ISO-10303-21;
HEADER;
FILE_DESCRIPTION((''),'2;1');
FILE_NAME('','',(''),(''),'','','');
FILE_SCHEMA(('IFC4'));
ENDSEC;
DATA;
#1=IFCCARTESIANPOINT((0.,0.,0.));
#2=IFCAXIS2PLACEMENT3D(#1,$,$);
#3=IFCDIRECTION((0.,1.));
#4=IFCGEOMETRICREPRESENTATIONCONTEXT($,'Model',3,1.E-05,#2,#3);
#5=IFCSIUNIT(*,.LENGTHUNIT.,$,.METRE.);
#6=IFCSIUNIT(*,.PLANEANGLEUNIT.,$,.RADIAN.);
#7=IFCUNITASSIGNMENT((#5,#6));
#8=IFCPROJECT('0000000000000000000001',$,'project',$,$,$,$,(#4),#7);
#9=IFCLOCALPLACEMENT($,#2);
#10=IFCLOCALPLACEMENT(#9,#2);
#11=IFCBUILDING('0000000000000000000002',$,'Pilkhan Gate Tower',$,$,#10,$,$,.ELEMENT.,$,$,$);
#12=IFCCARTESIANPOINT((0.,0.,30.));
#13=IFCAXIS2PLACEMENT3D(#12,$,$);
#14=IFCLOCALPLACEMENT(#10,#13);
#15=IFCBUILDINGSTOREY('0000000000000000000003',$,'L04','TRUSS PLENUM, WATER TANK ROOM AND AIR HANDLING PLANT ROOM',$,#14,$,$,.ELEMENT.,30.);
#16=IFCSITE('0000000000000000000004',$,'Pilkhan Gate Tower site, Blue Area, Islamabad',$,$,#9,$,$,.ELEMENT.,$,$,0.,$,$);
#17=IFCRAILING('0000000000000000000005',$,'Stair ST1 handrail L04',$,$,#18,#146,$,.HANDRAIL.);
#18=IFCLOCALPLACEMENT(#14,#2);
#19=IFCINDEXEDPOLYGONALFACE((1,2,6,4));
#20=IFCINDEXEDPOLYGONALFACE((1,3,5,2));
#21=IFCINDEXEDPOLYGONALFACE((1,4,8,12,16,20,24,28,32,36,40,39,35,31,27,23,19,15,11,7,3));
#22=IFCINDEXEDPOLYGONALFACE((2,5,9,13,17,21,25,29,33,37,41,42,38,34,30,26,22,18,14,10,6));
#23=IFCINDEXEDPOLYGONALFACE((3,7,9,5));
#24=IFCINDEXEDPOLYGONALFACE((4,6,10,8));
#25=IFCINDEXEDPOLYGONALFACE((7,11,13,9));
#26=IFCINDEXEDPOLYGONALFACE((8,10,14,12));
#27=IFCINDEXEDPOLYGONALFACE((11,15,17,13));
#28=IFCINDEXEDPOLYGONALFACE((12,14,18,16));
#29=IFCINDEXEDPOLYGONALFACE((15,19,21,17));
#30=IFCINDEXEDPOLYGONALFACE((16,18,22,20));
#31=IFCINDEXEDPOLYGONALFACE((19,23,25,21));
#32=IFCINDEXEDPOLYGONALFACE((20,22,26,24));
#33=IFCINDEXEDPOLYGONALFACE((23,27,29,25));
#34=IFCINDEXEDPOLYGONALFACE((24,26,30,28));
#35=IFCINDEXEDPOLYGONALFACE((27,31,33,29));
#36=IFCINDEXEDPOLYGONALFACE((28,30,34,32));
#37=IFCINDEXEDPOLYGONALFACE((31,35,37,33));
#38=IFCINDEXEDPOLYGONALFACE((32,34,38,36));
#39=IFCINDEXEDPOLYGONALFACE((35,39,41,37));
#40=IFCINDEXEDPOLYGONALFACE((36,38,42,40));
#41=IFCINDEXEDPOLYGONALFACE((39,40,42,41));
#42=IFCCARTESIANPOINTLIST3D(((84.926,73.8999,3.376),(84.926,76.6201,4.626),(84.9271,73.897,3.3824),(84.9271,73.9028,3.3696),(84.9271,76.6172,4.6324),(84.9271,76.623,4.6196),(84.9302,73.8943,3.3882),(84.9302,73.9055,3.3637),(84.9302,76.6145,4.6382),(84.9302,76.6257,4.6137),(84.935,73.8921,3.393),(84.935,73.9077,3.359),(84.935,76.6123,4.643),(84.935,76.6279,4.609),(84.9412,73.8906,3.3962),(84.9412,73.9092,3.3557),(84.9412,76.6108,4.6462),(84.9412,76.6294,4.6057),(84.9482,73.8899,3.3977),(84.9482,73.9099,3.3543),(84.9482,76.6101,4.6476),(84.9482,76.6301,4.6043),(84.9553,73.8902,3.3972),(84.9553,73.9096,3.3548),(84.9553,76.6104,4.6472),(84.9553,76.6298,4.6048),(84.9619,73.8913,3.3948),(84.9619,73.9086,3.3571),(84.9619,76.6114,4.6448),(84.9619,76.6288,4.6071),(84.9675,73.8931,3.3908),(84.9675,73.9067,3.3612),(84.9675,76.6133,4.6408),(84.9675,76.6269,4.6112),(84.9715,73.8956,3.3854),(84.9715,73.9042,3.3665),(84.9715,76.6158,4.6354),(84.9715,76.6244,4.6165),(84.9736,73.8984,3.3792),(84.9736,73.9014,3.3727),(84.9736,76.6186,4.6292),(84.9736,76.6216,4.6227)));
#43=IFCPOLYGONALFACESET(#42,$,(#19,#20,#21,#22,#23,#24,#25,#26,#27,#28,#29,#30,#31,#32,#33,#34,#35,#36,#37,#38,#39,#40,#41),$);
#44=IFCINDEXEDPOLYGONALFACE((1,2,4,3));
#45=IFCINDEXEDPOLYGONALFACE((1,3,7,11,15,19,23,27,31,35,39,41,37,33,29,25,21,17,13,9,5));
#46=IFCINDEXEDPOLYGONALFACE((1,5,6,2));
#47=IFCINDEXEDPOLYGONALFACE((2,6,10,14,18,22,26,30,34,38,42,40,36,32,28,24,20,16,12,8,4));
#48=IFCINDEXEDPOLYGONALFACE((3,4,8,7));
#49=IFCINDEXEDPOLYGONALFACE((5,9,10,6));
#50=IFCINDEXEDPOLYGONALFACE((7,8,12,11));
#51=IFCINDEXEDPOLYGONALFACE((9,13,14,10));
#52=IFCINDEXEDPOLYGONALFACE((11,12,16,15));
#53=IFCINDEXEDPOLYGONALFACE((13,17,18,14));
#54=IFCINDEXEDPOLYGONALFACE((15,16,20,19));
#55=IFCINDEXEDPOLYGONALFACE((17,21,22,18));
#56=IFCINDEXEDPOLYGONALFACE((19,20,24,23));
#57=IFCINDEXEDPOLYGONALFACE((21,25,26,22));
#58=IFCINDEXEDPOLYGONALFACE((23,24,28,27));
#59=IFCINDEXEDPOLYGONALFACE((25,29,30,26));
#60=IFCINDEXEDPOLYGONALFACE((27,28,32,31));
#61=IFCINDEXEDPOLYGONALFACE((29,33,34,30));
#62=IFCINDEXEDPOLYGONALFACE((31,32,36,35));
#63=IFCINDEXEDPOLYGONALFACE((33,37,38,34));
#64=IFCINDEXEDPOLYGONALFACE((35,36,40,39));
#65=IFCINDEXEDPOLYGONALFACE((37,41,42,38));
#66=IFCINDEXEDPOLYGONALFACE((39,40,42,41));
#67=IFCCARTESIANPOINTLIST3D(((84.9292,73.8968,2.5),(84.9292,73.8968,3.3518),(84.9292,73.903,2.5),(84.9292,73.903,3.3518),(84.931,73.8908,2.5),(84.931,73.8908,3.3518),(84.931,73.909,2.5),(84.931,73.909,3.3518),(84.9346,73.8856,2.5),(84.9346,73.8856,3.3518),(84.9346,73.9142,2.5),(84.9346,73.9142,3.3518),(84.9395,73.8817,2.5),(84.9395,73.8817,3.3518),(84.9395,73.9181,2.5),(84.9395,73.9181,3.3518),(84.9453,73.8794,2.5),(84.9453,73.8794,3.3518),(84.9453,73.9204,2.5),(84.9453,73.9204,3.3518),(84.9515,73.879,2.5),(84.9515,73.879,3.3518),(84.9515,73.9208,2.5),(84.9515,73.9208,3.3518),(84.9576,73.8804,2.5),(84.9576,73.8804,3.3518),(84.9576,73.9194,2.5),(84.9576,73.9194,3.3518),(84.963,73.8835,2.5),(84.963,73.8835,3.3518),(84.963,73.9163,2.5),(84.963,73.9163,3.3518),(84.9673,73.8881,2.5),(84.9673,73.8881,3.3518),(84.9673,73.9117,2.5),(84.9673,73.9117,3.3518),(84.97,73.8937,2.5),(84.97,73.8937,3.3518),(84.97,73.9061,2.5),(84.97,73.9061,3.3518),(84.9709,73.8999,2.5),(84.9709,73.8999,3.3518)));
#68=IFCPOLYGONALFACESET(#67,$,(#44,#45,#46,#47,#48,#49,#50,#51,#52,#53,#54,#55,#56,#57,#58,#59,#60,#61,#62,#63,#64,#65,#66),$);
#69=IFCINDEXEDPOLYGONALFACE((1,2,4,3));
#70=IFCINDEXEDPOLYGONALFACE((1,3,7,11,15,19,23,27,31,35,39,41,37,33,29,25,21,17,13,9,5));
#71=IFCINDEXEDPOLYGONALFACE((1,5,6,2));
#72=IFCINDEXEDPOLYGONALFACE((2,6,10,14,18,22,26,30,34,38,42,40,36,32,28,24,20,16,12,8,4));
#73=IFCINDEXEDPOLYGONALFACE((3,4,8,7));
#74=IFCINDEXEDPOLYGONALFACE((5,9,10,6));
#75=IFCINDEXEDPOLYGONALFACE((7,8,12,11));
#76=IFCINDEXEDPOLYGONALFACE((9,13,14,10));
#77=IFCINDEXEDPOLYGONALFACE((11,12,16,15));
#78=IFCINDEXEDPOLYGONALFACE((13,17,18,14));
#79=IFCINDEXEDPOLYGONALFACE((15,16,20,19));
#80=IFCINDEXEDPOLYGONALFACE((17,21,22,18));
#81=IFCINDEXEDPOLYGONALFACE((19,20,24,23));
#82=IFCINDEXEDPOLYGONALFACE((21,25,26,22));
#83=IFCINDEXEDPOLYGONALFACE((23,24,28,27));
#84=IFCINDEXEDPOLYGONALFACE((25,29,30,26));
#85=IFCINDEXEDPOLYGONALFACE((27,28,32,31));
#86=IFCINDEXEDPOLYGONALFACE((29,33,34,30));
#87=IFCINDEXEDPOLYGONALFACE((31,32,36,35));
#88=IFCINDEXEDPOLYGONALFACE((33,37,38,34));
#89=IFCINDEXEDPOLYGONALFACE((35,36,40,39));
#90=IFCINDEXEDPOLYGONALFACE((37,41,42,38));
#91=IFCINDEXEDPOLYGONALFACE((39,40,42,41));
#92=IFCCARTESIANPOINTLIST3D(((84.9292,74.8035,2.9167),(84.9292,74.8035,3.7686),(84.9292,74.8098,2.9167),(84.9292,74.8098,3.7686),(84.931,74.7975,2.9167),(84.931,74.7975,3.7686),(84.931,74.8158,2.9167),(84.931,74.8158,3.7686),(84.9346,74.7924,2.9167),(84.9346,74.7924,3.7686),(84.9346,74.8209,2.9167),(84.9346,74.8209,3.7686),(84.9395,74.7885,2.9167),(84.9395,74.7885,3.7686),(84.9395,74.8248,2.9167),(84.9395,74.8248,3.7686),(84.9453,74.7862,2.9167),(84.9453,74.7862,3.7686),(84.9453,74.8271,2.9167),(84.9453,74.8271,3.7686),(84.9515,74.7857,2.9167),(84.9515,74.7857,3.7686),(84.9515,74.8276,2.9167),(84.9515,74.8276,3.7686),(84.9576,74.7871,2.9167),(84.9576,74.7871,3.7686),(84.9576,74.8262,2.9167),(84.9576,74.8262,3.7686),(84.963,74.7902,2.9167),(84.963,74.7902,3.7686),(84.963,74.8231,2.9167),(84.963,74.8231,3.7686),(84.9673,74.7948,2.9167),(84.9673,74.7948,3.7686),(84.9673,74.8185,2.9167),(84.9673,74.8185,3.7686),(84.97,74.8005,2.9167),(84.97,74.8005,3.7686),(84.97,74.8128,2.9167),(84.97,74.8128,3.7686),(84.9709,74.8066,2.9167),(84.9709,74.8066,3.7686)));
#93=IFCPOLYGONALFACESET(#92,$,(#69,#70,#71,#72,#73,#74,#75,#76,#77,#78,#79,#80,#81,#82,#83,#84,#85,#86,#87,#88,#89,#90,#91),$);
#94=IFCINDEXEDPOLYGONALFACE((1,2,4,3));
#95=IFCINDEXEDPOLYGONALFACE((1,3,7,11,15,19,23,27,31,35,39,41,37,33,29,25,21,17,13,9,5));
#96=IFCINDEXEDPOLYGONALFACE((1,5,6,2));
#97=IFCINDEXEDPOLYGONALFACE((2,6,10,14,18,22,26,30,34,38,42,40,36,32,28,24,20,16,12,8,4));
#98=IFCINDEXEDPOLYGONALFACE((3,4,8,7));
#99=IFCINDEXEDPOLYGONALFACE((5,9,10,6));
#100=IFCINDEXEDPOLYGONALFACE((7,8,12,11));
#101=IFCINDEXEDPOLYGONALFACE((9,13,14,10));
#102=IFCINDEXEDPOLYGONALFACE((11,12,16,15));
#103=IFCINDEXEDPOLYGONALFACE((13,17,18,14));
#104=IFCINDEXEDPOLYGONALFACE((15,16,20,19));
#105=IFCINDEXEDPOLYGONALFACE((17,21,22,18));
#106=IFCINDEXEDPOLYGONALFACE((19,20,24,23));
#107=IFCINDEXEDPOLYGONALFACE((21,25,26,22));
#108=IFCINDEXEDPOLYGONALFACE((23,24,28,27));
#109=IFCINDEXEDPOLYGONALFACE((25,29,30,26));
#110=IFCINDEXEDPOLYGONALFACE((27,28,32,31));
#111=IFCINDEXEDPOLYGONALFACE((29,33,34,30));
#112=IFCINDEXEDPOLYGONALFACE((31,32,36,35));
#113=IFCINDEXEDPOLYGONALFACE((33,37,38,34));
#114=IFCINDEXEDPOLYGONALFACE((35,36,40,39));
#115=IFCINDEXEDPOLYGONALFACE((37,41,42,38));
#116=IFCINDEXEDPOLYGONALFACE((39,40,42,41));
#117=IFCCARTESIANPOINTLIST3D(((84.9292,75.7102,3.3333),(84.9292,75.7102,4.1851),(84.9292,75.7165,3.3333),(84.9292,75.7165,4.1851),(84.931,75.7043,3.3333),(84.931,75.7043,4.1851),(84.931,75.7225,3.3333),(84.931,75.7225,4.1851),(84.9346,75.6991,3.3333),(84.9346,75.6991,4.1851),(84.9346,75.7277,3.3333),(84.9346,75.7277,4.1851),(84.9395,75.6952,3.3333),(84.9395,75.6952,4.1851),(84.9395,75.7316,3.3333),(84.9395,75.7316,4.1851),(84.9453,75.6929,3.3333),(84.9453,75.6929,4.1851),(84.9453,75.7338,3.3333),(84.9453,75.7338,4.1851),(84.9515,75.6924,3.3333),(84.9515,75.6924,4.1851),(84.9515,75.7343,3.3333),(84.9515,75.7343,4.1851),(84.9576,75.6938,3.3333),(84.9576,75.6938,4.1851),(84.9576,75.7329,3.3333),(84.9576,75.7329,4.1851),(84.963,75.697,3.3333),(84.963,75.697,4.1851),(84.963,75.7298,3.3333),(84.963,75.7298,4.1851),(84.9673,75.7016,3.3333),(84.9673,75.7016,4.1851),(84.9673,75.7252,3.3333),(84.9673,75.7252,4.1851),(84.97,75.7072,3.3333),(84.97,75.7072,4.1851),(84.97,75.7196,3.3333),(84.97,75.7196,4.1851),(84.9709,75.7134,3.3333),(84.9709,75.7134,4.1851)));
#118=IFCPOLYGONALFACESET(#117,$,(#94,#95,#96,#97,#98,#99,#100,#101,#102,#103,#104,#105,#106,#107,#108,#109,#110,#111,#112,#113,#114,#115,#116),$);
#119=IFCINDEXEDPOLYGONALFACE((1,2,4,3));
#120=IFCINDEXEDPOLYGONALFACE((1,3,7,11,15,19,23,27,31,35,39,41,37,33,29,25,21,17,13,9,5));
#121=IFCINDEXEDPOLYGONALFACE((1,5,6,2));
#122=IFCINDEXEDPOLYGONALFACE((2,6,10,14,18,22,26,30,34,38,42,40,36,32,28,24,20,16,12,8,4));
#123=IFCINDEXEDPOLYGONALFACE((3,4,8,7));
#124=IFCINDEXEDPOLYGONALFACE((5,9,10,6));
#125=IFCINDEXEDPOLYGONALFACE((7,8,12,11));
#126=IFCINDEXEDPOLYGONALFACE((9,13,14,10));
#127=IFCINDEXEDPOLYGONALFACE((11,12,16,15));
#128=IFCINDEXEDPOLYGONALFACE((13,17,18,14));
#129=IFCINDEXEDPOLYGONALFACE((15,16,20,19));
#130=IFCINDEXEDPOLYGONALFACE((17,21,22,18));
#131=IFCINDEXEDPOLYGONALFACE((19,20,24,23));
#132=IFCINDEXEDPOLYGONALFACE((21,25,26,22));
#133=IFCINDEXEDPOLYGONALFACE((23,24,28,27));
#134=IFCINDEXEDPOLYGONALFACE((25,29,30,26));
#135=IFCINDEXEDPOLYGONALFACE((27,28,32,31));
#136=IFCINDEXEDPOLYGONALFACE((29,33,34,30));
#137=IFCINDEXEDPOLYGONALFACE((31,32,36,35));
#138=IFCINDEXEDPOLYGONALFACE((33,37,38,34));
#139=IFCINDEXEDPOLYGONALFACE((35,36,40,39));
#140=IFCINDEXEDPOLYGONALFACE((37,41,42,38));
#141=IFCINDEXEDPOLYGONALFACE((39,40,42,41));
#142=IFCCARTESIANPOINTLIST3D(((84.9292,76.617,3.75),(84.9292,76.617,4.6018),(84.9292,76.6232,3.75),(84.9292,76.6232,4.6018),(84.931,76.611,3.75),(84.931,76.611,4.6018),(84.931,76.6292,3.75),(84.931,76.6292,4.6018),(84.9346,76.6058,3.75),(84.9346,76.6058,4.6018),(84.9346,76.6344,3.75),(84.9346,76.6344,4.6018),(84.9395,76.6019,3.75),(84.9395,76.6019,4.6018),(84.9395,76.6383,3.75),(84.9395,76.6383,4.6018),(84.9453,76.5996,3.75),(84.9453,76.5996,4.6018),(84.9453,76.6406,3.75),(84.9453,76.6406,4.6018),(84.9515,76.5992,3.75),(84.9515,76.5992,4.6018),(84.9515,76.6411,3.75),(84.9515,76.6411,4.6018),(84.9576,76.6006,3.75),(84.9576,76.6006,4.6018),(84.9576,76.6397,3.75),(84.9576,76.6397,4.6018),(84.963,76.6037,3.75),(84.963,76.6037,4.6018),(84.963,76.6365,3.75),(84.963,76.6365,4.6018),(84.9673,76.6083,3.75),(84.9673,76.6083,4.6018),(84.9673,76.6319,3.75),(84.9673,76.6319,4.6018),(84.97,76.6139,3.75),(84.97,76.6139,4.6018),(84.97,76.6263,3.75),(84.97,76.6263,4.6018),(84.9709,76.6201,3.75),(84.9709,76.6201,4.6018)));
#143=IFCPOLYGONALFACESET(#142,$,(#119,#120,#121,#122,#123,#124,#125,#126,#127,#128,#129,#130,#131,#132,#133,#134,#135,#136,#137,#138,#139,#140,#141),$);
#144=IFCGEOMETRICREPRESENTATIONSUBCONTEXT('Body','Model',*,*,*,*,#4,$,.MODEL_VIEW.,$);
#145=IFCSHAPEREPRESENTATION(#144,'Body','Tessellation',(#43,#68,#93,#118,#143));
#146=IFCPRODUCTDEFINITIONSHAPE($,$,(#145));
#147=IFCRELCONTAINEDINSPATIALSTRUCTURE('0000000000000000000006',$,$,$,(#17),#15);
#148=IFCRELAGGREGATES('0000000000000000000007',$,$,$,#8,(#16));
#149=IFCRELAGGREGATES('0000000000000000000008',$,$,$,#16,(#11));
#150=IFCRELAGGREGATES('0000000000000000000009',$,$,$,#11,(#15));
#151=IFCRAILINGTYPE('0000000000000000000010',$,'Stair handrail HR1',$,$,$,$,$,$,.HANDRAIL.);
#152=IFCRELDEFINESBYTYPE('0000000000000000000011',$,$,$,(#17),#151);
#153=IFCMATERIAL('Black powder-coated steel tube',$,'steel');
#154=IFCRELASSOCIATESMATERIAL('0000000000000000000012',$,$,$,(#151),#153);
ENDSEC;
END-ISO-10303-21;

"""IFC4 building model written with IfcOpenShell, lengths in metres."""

from ifc_helpers import new_model, si_unit, direction, frame, origin, origin_2d, place, context, subcontext, project, spatial, circle, extrude, material, type_object, element, save


model = new_model("IFC4")

# Units and contexts
model_context = context("Model", 3, precision=1e-05, world=origin(), true_north=direction((0.0, 1.0)))
body_context = subcontext(model_context, "Body", "Model", "MODEL_VIEW")
ifc_project = project(units=[si_unit("LENGTHUNIT", "METRE"), si_unit("PLANEANGLEUNIT", "RADIAN")], contexts=[model_context])

# Site, building, storey
site_placement = place(None, origin())
site = spatial("IfcSite", under=ifc_project, at=site_placement, Name="Pilkhan Gate Tower site, Blue Area, Islamabad", CompositionType="ELEMENT", RefElevation=0.0)
building_placement = place(site_placement, origin())
building = spatial("IfcBuilding", under=site, at=building_placement, Name="Pilkhan Gate Tower", CompositionType="ELEMENT")
storey_placement = place(building_placement, frame((0.0, 0.0, 30.0)))
storey = spatial("IfcBuildingStorey", under=building, at=storey_placement, Name="L04", Description="TRUSS PLENUM, WATER TANK ROOM AND AIR HANDLING PLANT ROOM", CompositionType="ELEMENT", Elevation=30.0)

# Railing
ifc_material_1 = material(Name="Black powder-coated steel tube", Category="steel")
railing_type_1 = type_object("IfcRailingType", Name="Stair handrail HR1", PredefinedType="HANDRAIL", material=ifc_material_1)
for number, where, name in (
    (1, (84.95, 73.8999, 2.5), "Stair ST1 handrail L04"),
):
    element("IfcRailing", number, at=place(storey_placement, frame(where)), inside=storey, type_object=railing_type_1, Name=name, PredefinedType="HANDRAIL", context=body_context, shape_type="SweptSolid", body=[
        extrude(circle(Radius=0.0239, at=origin_2d()), frame((0.0, 0.0, 0.876), z_axis=(0.0, 0.908655, 0.417547), x_axis=(-1.0, 0.0, 0.0)), (0.0, 0.0, 1.0), 2.9937),
        extrude(circle(Radius=0.021, at=origin_2d()), origin(), (0.0, 0.0, 1.0), 0.8518),
        extrude(circle(Radius=0.021, at=origin_2d()), frame((0.0, 0.9067, 0.4167)), (0.0, 0.0, 1.0), 0.8518),
        extrude(circle(Radius=0.021, at=origin_2d()), frame((0.0, 1.8135, 0.8333)), (0.0, 0.0, 1.0), 0.8518),
        extrude(circle(Radius=0.021, at=origin_2d()), frame((0.0, 2.7202, 1.25)), (0.0, 0.0, 1.0), 0.8518),
    ])

save(model, "model.ifc")
